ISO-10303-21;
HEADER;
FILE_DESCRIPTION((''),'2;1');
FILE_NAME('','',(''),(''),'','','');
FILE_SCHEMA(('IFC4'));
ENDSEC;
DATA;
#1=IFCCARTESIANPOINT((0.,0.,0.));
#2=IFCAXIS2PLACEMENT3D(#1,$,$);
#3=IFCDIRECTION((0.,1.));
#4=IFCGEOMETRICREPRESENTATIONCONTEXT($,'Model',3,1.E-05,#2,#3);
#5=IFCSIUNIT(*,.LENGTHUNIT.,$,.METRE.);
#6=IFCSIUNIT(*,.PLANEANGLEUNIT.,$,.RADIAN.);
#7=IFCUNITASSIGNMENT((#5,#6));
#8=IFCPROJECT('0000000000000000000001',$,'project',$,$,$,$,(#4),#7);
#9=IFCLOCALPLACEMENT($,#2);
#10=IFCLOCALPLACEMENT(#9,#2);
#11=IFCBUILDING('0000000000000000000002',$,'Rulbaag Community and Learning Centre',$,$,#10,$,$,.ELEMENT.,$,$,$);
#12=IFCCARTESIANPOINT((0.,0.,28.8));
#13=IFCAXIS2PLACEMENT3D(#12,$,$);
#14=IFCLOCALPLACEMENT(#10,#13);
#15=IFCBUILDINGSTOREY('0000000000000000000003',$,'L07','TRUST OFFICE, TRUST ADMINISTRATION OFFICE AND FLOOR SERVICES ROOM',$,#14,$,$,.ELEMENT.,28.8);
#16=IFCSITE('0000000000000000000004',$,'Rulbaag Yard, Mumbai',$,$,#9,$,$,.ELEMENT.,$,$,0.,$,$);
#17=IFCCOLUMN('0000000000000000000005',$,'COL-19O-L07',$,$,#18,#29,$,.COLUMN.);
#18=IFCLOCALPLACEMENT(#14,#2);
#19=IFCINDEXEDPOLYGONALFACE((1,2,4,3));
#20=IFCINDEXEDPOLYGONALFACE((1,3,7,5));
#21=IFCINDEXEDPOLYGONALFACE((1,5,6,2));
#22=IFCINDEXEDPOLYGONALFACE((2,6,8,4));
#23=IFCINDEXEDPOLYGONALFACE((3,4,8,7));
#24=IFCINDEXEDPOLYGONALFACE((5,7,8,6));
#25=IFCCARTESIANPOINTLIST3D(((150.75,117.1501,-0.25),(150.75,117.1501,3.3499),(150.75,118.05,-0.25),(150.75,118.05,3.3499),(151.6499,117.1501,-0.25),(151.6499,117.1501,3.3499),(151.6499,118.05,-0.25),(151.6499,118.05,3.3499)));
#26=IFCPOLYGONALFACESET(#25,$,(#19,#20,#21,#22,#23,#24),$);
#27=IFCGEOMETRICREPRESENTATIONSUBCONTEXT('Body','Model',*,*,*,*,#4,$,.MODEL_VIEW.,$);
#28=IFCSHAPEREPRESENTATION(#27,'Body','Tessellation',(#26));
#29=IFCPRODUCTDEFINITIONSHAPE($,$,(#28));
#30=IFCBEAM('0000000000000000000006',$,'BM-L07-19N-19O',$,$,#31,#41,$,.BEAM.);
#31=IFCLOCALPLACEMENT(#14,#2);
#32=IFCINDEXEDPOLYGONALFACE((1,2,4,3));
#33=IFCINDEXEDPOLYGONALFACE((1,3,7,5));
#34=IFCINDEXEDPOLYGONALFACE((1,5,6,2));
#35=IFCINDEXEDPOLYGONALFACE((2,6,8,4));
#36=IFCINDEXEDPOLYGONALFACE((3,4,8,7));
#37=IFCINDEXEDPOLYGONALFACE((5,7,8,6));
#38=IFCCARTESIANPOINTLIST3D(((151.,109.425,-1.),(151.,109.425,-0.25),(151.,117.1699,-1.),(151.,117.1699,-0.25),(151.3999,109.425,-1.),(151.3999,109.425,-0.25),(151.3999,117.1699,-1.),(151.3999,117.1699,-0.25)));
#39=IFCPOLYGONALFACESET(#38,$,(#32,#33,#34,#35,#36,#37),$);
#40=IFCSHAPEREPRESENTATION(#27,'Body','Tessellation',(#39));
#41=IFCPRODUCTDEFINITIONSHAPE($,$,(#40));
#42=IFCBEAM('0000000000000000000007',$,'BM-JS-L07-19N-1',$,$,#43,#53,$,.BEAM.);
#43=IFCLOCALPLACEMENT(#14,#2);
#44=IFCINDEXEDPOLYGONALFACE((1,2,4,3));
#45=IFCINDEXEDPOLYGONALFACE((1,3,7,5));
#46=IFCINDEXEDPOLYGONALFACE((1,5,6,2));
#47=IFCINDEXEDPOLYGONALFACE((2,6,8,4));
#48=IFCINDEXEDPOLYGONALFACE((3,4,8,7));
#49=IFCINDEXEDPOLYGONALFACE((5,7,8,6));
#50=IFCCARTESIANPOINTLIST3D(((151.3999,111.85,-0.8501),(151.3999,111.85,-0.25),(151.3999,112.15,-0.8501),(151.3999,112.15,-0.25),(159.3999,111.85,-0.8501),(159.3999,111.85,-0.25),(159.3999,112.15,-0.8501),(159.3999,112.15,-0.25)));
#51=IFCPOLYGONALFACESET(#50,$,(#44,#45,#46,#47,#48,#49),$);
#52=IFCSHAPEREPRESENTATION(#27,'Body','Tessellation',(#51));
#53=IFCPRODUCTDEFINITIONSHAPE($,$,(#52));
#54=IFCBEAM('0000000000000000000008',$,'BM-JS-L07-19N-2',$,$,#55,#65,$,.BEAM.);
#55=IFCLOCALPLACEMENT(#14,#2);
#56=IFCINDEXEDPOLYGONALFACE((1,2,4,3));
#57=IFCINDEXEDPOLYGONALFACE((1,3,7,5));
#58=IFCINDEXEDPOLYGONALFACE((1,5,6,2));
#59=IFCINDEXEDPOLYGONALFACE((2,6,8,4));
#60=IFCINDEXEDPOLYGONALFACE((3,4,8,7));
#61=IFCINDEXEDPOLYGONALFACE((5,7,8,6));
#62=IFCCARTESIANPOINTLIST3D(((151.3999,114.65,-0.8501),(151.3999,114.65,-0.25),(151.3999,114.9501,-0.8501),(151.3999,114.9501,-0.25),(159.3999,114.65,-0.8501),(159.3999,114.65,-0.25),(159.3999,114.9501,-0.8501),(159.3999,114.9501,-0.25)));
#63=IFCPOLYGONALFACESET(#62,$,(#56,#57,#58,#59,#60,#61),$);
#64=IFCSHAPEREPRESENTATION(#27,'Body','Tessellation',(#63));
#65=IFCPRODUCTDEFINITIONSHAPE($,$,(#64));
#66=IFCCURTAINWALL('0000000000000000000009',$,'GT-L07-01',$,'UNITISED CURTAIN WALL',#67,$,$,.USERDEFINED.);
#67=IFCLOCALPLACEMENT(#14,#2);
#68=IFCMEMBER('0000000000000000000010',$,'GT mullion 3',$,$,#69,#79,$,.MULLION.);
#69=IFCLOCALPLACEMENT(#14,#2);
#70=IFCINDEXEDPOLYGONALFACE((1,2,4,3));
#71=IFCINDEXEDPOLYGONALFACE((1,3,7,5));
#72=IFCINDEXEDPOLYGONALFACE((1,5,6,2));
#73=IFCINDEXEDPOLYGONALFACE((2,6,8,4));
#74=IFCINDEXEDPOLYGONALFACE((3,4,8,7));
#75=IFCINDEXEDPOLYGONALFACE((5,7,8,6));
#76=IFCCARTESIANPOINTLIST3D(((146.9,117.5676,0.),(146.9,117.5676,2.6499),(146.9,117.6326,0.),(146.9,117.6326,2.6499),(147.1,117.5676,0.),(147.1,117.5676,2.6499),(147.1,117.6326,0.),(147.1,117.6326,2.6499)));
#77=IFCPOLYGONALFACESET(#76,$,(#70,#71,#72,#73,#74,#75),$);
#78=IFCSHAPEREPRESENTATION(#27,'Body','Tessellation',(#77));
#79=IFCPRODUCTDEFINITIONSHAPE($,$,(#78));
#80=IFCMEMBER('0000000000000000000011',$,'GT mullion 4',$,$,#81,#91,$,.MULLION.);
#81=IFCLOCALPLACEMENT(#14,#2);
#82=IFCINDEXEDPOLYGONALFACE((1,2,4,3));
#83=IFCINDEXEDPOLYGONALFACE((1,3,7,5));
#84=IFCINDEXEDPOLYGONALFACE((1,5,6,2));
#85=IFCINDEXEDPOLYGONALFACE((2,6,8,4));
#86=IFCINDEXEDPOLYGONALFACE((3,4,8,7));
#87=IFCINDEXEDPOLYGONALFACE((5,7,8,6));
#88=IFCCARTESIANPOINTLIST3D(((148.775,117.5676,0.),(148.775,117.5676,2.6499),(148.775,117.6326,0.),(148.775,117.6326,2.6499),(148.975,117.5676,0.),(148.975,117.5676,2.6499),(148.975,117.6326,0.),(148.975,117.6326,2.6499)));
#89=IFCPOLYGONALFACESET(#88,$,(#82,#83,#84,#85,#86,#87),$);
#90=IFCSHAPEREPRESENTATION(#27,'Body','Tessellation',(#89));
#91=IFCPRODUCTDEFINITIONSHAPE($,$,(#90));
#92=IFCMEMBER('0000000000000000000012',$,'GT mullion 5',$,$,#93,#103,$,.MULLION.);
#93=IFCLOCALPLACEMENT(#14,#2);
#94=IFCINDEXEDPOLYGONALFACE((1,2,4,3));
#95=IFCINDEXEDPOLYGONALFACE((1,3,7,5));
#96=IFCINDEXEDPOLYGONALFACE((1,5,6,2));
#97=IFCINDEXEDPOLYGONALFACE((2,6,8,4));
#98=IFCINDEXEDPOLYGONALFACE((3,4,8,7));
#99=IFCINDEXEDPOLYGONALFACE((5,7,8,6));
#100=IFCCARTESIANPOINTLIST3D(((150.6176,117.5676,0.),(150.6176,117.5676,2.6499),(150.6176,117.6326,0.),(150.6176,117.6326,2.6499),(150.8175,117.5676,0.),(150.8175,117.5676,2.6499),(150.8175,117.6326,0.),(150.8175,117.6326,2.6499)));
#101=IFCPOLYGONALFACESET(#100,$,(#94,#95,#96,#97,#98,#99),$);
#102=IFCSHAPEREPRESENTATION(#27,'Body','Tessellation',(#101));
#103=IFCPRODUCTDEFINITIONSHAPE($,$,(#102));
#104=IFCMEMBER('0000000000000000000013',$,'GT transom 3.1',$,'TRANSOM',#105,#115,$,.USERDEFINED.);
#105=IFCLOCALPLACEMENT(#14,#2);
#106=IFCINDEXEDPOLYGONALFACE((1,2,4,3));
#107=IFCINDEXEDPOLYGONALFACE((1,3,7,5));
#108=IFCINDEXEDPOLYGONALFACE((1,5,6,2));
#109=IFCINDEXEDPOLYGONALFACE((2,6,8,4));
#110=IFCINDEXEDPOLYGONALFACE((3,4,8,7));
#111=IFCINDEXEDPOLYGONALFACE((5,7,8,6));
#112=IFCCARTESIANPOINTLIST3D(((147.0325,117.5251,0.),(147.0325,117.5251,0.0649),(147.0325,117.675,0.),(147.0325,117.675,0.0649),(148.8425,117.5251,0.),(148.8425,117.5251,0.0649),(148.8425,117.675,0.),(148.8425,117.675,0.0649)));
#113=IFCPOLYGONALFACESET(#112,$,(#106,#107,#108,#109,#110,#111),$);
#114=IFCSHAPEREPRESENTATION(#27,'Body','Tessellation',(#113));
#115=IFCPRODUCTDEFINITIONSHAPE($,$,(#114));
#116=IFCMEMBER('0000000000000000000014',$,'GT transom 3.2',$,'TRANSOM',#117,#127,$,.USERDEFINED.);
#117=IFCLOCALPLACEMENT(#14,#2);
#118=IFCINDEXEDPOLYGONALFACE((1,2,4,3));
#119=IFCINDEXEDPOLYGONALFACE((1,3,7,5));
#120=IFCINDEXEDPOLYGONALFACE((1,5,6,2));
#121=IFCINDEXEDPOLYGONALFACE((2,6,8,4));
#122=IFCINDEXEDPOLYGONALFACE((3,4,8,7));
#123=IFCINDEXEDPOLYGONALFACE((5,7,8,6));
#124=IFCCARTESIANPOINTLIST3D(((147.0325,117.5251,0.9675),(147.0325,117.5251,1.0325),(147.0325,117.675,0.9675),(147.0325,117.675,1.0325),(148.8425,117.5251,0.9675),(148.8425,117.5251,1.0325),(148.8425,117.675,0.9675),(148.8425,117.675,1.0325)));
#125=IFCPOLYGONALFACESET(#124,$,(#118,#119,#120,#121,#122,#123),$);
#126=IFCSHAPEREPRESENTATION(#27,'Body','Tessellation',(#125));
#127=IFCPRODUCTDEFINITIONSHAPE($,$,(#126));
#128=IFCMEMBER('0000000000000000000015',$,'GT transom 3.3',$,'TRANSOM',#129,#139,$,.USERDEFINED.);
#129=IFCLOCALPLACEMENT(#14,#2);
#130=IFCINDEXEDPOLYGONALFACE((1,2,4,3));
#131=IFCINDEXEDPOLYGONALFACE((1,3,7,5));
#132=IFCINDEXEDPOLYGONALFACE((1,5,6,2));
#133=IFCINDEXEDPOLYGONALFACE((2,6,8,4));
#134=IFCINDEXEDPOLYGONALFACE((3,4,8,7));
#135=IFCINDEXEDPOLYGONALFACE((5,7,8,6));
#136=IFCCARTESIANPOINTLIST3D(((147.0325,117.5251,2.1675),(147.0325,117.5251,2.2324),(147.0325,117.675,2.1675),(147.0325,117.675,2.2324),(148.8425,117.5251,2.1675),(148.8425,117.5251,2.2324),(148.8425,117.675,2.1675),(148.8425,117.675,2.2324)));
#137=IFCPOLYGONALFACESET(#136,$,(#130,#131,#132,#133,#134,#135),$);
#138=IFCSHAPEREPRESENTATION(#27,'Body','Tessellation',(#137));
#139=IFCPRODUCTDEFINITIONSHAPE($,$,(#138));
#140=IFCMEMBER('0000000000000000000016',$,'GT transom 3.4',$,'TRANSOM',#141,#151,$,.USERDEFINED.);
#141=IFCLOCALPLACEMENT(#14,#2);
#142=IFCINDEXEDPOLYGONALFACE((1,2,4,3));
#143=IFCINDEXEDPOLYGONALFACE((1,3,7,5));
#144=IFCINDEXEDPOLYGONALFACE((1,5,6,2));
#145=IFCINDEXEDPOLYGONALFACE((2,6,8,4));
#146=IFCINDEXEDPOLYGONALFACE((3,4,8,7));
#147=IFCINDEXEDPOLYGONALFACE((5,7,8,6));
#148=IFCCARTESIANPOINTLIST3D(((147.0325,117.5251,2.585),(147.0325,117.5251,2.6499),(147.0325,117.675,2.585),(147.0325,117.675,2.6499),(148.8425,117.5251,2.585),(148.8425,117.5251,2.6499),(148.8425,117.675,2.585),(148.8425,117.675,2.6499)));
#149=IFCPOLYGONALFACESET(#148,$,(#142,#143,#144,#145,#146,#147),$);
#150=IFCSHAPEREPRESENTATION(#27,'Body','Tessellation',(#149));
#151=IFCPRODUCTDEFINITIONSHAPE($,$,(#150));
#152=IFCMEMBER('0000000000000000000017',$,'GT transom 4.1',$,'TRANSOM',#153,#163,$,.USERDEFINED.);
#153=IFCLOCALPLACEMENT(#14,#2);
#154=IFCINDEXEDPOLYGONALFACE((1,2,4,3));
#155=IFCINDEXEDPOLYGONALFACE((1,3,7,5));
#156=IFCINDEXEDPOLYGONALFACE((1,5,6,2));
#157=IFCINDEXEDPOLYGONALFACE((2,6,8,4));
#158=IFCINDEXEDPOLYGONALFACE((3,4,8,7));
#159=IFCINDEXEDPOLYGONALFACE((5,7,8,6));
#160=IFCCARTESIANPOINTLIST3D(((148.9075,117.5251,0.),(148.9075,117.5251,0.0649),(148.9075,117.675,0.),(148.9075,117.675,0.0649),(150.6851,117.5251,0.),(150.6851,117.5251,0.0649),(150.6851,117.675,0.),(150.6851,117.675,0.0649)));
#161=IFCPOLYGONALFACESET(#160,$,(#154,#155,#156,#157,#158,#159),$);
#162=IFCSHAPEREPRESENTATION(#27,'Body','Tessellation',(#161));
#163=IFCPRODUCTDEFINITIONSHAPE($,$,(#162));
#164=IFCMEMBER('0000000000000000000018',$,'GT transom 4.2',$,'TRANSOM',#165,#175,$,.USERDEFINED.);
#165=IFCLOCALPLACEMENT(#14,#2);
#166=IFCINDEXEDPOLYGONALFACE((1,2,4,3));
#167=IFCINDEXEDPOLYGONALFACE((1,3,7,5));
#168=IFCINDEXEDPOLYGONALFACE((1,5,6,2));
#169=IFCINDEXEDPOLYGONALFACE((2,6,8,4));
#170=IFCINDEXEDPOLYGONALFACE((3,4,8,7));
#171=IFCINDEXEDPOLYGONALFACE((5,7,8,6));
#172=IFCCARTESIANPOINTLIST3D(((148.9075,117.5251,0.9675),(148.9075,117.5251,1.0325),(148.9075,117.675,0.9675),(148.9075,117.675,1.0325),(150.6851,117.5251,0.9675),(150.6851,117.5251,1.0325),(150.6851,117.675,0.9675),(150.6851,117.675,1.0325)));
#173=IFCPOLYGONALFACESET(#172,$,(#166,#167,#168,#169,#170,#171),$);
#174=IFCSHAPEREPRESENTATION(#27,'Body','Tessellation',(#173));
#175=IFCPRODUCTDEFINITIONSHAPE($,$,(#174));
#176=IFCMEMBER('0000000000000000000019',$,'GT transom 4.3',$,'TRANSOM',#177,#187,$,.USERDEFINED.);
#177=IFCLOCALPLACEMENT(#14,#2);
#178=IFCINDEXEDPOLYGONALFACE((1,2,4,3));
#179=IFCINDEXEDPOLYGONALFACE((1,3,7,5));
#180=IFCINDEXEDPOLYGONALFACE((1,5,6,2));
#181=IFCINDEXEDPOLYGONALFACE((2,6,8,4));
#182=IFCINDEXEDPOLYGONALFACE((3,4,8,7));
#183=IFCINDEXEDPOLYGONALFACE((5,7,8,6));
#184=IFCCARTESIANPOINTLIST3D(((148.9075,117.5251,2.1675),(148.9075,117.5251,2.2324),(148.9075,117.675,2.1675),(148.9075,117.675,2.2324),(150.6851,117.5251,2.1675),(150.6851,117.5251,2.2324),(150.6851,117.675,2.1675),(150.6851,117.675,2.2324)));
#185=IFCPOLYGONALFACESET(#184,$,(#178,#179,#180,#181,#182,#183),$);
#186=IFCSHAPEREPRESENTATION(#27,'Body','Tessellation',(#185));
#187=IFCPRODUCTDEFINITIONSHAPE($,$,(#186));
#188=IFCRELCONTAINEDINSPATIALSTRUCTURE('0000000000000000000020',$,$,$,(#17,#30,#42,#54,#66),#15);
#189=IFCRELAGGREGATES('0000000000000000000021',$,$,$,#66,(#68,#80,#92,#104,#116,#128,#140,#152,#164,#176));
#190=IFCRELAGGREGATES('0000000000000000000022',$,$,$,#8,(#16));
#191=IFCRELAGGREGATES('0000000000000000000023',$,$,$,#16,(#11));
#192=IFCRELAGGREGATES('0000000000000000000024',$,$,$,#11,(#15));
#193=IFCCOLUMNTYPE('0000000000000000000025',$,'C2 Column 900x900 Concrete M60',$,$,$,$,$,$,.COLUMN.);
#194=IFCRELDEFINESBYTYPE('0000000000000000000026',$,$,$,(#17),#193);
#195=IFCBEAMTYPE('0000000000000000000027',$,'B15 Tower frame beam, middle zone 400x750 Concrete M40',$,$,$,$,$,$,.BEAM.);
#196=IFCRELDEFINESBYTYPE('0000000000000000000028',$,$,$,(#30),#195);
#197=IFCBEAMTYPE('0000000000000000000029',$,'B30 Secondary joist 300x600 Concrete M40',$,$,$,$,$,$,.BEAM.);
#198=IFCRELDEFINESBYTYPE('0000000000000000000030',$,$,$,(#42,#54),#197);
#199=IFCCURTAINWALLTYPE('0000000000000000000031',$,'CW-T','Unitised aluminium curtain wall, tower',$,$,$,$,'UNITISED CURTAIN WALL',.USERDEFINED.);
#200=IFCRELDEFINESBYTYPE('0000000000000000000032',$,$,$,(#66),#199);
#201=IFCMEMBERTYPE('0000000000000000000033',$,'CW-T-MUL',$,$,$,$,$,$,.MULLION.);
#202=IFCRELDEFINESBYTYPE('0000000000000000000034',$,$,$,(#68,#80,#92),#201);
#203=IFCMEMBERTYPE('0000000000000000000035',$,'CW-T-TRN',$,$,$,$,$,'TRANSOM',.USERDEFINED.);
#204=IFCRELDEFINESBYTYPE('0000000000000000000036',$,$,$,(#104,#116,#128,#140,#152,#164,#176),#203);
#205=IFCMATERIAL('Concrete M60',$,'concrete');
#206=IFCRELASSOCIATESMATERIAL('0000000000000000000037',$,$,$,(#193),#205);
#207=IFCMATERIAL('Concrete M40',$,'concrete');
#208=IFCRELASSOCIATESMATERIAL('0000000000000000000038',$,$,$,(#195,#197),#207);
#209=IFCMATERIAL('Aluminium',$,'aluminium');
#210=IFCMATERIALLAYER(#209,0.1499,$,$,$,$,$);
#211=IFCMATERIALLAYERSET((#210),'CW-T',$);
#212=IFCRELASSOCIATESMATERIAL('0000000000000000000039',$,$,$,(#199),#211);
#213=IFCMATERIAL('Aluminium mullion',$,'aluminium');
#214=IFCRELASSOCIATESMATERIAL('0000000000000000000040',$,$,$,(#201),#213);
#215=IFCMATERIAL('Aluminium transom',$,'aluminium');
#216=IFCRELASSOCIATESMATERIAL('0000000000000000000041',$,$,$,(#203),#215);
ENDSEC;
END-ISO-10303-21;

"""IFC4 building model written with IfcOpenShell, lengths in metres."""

from ifc_helpers import new_model, si_unit, direction, frame, origin, origin_2d, place, context, subcontext, project, spatial, rectangle, extrude, material, layer, layer_set, material_profile, profile_set, type_object, element, aggregate, save


model = new_model("IFC4")

# Units and contexts
model_context = context("Model", 3, precision=1e-05, world=origin(), true_north=direction((0.0, 1.0)))
body_context = subcontext(model_context, "Body", "Model", "MODEL_VIEW")
ifc_project = project(units=[si_unit("LENGTHUNIT", "METRE"), si_unit("PLANEANGLEUNIT", "RADIAN")], contexts=[model_context])

# Site, building, storey
site_placement = place(None, origin())
site = spatial("IfcSite", under=ifc_project, at=site_placement, Name="Rulbaag Yard, Mumbai", CompositionType="ELEMENT", RefElevation=0.0)
building_placement = place(site_placement, origin())
building = spatial("IfcBuilding", under=site, at=building_placement, Name="Rulbaag Community and Learning Centre", CompositionType="ELEMENT")
storey_placement = place(building_placement, frame((0.0, 0.0, 28.8)))
storey = spatial("IfcBuildingStorey", under=building, at=storey_placement, Name="L07", Description="TRUST OFFICE, TRUST ADMINISTRATION OFFICE AND FLOOR SERVICES ROOM", CompositionType="ELEMENT", Elevation=28.8)

# Column
ifc_material_1 = material(Name="Concrete M60", Category="concrete")
ifc_material_profile_1 = material_profile(ifc_material_1, rectangle(XDim=0.8999, YDim=0.8999, at=origin_2d()), Name="RC900x900")
ifc_profile_set_1 = profile_set([ifc_material_profile_1], Name="Concrete M60")
column_type = type_object("IfcColumnType", Name="C2 Column 900x900 Concrete M60", PredefinedType="COLUMN", material=ifc_profile_set_1)
column_placement = place(storey_placement, frame((151.2, 117.6001, -0.25), z_axis=(0.0, 0.0, 1.0), x_axis=(1.0, 0.0, 0.0)))
element("IfcColumn", 1, at=column_placement, inside=storey, type_object=column_type, Name="COL-19O-L07", PredefinedType="COLUMN", context=body_context, shape_type="SweptSolid", body=[
    extrude(rectangle(XDim=0.8999, YDim=0.8999, at=origin_2d()), origin(), (0.0, 0.0, 1.0), 3.5999),
])

# Beams
ifc_material_2 = material(Name="Concrete M40", Category="concrete")
ifc_material_profile_2 = material_profile(ifc_material_2, rectangle(XDim=0.3999, YDim=0.75, at=origin_2d()), Name="RB400x750")
ifc_profile_set_2 = profile_set([ifc_material_profile_2], Name="Concrete M40")
beam_type_1 = type_object("IfcBeamType", Name="B15 Tower frame beam, middle zone 400x750 Concrete M40", PredefinedType="BEAM", material=ifc_profile_set_2)
beam_placement = place(storey_placement, frame((151.2, 109.425, -0.625), z_axis=(0.0, 1.0, 0.0), x_axis=(-1.0, 0.0, 0.0)))
element("IfcBeam", 2, at=beam_placement, inside=storey, type_object=beam_type_1, Name="BM-L07-19N-19O", PredefinedType="BEAM", context=body_context, shape_type="SweptSolid", body=[
    extrude(rectangle(XDim=0.3999, YDim=0.75, at=origin_2d()), origin(), (0.0, 0.0, 1.0), 7.7449),
])
ifc_material_profile_3 = material_profile(ifc_material_2, rectangle(XDim=0.3, YDim=0.6001, at=origin_2d()), Name="RB300x600")
ifc_profile_set_3 = profile_set([ifc_material_profile_3], Name="Concrete M40")
beam_type_2 = type_object("IfcBeamType", Name="B30 Secondary joist 300x600 Concrete M40", PredefinedType="BEAM", material=ifc_profile_set_3)
for number, where, z_axis, x_axis, name in (
    (3, (151.3999, 112.0, -0.55), (1.0, 0.0, 0.0), (0.0, 1.0, 0.0), "BM-JS-L07-19N-1"),
    (4, (151.3999, 114.8, -0.55), (1.0, 0.0, 0.0), (0.0, 1.0, 0.0), "BM-JS-L07-19N-2"),
):
    element("IfcBeam", number, at=place(storey_placement, frame(where, z_axis=z_axis, x_axis=x_axis)), inside=storey, type_object=beam_type_2, Name=name, PredefinedType="BEAM", context=body_context, shape_type="SweptSolid", body=[
        extrude(rectangle(XDim=0.3, YDim=0.6001, at=origin_2d()), origin(), (0.0, 0.0, 1.0), 8.0),
    ])

# Curtain wall, members
ifc_material_3 = material(Name="Aluminium", Category="aluminium")
ifc_layer_1 = layer(ifc_material_3, 0.1499)
ifc_layer_set_1 = layer_set([ifc_layer_1], Name="CW-T")
curtain_wall_type = type_object("IfcCurtainWallType", Name="CW-T", Description="Unitised aluminium curtain wall, tower", ElementType="UNITISED CURTAIN WALL", PredefinedType="USERDEFINED", material=ifc_layer_set_1)
curtain_wall_placement = place(storey_placement, origin())
curtain_wall = element("IfcCurtainWall", 5, at=curtain_wall_placement, inside=storey, type_object=curtain_wall_type, Name="GT-L07-01", ObjectType="UNITISED CURTAIN WALL", PredefinedType="USERDEFINED")
ifc_material_4 = material(Name="Aluminium mullion", Category="aluminium")
ifc_material_profile_4 = material_profile(ifc_material_4, rectangle(XDim=0.0649, YDim=0.2, at=origin_2d()), Name="AL 65x200")
ifc_profile_set_4 = profile_set([ifc_material_profile_4], Name="Aluminium mullion")
member_type_1 = type_object("IfcMemberType", Name="CW-T-MUL", PredefinedType="MULLION", material=ifc_profile_set_4)
member_1_placement = place(storey_placement, frame((147.0, 117.6001, 0.0), z_axis=(0.0, 0.0, 1.0), x_axis=(0.0, 1.0, 0.0)))
member_1 = element("IfcMember", 6, at=member_1_placement, type_object=member_type_1, Name="GT mullion 3", PredefinedType="MULLION", context=body_context, shape_type="SweptSolid", body=[
    extrude(rectangle(XDim=0.0649, YDim=0.2, at=origin_2d()), origin(), (0.0, 0.0, 1.0), 2.6499),
])
member_2_placement = place(storey_placement, frame((148.875, 117.6001, 0.0), z_axis=(0.0, 0.0, 1.0), x_axis=(0.0, 1.0, 0.0)))
member_2 = element("IfcMember", 7, at=member_2_placement, type_object=member_type_1, Name="GT mullion 4", PredefinedType="MULLION", context=body_context, shape_type="SweptSolid", body=[
    extrude(rectangle(XDim=0.0649, YDim=0.2, at=origin_2d()), origin(), (0.0, 0.0, 1.0), 2.6499),
])
member_3_placement = place(storey_placement, frame((150.7175, 117.6001, 0.0), z_axis=(0.0, 0.0, 1.0), x_axis=(0.0, 1.0, 0.0)))
member_3 = element("IfcMember", 8, at=member_3_placement, type_object=member_type_1, Name="GT mullion 5", PredefinedType="MULLION", context=body_context, shape_type="SweptSolid", body=[
    extrude(rectangle(XDim=0.0649, YDim=0.2, at=origin_2d()), origin(), (0.0, 0.0, 1.0), 2.6499),
])
ifc_material_5 = material(Name="Aluminium transom", Category="aluminium")
ifc_material_profile_5 = material_profile(ifc_material_5, rectangle(XDim=0.1499, YDim=0.0649, at=origin_2d()), Name="AL 65x150 T")
ifc_profile_set_5 = profile_set([ifc_material_profile_5], Name="Aluminium transom")
member_type_2 = type_object("IfcMemberType", Name="CW-T-TRN", ElementType="TRANSOM", PredefinedType="USERDEFINED", material=ifc_profile_set_5)
member_4_placement = place(storey_placement, frame((147.0325, 117.6001, 0.0325), z_axis=(1.0, 0.0, 0.0), x_axis=(0.0, 1.0, 0.0)))
member_4 = element("IfcMember", 9, at=member_4_placement, type_object=member_type_2, Name="GT transom 3.1", ObjectType="TRANSOM", PredefinedType="USERDEFINED", context=body_context, shape_type="SweptSolid", body=[
    extrude(rectangle(XDim=0.1499, YDim=0.0649, at=origin_2d()), origin(), (0.0, 0.0, 1.0), 1.8101),
])
member_5_placement = place(storey_placement, frame((147.0325, 117.6001, 1.0), z_axis=(1.0, 0.0, 0.0), x_axis=(0.0, 1.0, 0.0)))
member_5 = element("IfcMember", 10, at=member_5_placement, type_object=member_type_2, Name="GT transom 3.2", ObjectType="TRANSOM", PredefinedType="USERDEFINED", context=body_context, shape_type="SweptSolid", body=[
    extrude(rectangle(XDim=0.1499, YDim=0.0649, at=origin_2d()), origin(), (0.0, 0.0, 1.0), 1.8101),
])
member_6_placement = place(storey_placement, frame((147.0325, 117.6001, 2.2), z_axis=(1.0, 0.0, 0.0), x_axis=(0.0, 1.0, 0.0)))
member_6 = element("IfcMember", 11, at=member_6_placement, type_object=member_type_2, Name="GT transom 3.3", ObjectType="TRANSOM", PredefinedType="USERDEFINED", context=body_context, shape_type="SweptSolid", body=[
    extrude(rectangle(XDim=0.1499, YDim=0.0649, at=origin_2d()), origin(), (0.0, 0.0, 1.0), 1.8101),
])
member_7_placement = place(storey_placement, frame((147.0325, 117.6001, 2.6174), z_axis=(1.0, 0.0, 0.0), x_axis=(0.0, 1.0, 0.0)))
member_7 = element("IfcMember", 12, at=member_7_placement, type_object=member_type_2, Name="GT transom 3.4", ObjectType="TRANSOM", PredefinedType="USERDEFINED", context=body_context, shape_type="SweptSolid", body=[
    extrude(rectangle(XDim=0.1499, YDim=0.0649, at=origin_2d()), origin(), (0.0, 0.0, 1.0), 1.8101),
])
member_8_placement = place(storey_placement, frame((148.9075, 117.6001, 0.0325), z_axis=(1.0, 0.0, 0.0), x_axis=(0.0, 1.0, 0.0)))
member_8 = element("IfcMember", 13, at=member_8_placement, type_object=member_type_2, Name="GT transom 4.1", ObjectType="TRANSOM", PredefinedType="USERDEFINED", context=body_context, shape_type="SweptSolid", body=[
    extrude(rectangle(XDim=0.1499, YDim=0.0649, at=origin_2d()), origin(), (0.0, 0.0, 1.0), 1.7776),
])
member_9_placement = place(storey_placement, frame((148.9075, 117.6001, 1.0), z_axis=(1.0, 0.0, 0.0), x_axis=(0.0, 1.0, 0.0)))
member_9 = element("IfcMember", 14, at=member_9_placement, type_object=member_type_2, Name="GT transom 4.2", ObjectType="TRANSOM", PredefinedType="USERDEFINED", context=body_context, shape_type="SweptSolid", body=[
    extrude(rectangle(XDim=0.1499, YDim=0.0649, at=origin_2d()), origin(), (0.0, 0.0, 1.0), 1.7776),
])
member_10_placement = place(storey_placement, frame((148.9075, 117.6001, 2.2), z_axis=(1.0, 0.0, 0.0), x_axis=(0.0, 1.0, 0.0)))
member_10 = element("IfcMember", 15, at=member_10_placement, type_object=member_type_2, Name="GT transom 4.3", ObjectType="TRANSOM", PredefinedType="USERDEFINED", context=body_context, shape_type="SweptSolid", body=[
    extrude(rectangle(XDim=0.1499, YDim=0.0649, at=origin_2d()), origin(), (0.0, 0.0, 1.0), 1.7776),
])
aggregate(curtain_wall, [member_1, member_2, member_3, member_4, member_5, member_6, member_7, member_8, member_9, member_10])

save(model, "model.ifc")
